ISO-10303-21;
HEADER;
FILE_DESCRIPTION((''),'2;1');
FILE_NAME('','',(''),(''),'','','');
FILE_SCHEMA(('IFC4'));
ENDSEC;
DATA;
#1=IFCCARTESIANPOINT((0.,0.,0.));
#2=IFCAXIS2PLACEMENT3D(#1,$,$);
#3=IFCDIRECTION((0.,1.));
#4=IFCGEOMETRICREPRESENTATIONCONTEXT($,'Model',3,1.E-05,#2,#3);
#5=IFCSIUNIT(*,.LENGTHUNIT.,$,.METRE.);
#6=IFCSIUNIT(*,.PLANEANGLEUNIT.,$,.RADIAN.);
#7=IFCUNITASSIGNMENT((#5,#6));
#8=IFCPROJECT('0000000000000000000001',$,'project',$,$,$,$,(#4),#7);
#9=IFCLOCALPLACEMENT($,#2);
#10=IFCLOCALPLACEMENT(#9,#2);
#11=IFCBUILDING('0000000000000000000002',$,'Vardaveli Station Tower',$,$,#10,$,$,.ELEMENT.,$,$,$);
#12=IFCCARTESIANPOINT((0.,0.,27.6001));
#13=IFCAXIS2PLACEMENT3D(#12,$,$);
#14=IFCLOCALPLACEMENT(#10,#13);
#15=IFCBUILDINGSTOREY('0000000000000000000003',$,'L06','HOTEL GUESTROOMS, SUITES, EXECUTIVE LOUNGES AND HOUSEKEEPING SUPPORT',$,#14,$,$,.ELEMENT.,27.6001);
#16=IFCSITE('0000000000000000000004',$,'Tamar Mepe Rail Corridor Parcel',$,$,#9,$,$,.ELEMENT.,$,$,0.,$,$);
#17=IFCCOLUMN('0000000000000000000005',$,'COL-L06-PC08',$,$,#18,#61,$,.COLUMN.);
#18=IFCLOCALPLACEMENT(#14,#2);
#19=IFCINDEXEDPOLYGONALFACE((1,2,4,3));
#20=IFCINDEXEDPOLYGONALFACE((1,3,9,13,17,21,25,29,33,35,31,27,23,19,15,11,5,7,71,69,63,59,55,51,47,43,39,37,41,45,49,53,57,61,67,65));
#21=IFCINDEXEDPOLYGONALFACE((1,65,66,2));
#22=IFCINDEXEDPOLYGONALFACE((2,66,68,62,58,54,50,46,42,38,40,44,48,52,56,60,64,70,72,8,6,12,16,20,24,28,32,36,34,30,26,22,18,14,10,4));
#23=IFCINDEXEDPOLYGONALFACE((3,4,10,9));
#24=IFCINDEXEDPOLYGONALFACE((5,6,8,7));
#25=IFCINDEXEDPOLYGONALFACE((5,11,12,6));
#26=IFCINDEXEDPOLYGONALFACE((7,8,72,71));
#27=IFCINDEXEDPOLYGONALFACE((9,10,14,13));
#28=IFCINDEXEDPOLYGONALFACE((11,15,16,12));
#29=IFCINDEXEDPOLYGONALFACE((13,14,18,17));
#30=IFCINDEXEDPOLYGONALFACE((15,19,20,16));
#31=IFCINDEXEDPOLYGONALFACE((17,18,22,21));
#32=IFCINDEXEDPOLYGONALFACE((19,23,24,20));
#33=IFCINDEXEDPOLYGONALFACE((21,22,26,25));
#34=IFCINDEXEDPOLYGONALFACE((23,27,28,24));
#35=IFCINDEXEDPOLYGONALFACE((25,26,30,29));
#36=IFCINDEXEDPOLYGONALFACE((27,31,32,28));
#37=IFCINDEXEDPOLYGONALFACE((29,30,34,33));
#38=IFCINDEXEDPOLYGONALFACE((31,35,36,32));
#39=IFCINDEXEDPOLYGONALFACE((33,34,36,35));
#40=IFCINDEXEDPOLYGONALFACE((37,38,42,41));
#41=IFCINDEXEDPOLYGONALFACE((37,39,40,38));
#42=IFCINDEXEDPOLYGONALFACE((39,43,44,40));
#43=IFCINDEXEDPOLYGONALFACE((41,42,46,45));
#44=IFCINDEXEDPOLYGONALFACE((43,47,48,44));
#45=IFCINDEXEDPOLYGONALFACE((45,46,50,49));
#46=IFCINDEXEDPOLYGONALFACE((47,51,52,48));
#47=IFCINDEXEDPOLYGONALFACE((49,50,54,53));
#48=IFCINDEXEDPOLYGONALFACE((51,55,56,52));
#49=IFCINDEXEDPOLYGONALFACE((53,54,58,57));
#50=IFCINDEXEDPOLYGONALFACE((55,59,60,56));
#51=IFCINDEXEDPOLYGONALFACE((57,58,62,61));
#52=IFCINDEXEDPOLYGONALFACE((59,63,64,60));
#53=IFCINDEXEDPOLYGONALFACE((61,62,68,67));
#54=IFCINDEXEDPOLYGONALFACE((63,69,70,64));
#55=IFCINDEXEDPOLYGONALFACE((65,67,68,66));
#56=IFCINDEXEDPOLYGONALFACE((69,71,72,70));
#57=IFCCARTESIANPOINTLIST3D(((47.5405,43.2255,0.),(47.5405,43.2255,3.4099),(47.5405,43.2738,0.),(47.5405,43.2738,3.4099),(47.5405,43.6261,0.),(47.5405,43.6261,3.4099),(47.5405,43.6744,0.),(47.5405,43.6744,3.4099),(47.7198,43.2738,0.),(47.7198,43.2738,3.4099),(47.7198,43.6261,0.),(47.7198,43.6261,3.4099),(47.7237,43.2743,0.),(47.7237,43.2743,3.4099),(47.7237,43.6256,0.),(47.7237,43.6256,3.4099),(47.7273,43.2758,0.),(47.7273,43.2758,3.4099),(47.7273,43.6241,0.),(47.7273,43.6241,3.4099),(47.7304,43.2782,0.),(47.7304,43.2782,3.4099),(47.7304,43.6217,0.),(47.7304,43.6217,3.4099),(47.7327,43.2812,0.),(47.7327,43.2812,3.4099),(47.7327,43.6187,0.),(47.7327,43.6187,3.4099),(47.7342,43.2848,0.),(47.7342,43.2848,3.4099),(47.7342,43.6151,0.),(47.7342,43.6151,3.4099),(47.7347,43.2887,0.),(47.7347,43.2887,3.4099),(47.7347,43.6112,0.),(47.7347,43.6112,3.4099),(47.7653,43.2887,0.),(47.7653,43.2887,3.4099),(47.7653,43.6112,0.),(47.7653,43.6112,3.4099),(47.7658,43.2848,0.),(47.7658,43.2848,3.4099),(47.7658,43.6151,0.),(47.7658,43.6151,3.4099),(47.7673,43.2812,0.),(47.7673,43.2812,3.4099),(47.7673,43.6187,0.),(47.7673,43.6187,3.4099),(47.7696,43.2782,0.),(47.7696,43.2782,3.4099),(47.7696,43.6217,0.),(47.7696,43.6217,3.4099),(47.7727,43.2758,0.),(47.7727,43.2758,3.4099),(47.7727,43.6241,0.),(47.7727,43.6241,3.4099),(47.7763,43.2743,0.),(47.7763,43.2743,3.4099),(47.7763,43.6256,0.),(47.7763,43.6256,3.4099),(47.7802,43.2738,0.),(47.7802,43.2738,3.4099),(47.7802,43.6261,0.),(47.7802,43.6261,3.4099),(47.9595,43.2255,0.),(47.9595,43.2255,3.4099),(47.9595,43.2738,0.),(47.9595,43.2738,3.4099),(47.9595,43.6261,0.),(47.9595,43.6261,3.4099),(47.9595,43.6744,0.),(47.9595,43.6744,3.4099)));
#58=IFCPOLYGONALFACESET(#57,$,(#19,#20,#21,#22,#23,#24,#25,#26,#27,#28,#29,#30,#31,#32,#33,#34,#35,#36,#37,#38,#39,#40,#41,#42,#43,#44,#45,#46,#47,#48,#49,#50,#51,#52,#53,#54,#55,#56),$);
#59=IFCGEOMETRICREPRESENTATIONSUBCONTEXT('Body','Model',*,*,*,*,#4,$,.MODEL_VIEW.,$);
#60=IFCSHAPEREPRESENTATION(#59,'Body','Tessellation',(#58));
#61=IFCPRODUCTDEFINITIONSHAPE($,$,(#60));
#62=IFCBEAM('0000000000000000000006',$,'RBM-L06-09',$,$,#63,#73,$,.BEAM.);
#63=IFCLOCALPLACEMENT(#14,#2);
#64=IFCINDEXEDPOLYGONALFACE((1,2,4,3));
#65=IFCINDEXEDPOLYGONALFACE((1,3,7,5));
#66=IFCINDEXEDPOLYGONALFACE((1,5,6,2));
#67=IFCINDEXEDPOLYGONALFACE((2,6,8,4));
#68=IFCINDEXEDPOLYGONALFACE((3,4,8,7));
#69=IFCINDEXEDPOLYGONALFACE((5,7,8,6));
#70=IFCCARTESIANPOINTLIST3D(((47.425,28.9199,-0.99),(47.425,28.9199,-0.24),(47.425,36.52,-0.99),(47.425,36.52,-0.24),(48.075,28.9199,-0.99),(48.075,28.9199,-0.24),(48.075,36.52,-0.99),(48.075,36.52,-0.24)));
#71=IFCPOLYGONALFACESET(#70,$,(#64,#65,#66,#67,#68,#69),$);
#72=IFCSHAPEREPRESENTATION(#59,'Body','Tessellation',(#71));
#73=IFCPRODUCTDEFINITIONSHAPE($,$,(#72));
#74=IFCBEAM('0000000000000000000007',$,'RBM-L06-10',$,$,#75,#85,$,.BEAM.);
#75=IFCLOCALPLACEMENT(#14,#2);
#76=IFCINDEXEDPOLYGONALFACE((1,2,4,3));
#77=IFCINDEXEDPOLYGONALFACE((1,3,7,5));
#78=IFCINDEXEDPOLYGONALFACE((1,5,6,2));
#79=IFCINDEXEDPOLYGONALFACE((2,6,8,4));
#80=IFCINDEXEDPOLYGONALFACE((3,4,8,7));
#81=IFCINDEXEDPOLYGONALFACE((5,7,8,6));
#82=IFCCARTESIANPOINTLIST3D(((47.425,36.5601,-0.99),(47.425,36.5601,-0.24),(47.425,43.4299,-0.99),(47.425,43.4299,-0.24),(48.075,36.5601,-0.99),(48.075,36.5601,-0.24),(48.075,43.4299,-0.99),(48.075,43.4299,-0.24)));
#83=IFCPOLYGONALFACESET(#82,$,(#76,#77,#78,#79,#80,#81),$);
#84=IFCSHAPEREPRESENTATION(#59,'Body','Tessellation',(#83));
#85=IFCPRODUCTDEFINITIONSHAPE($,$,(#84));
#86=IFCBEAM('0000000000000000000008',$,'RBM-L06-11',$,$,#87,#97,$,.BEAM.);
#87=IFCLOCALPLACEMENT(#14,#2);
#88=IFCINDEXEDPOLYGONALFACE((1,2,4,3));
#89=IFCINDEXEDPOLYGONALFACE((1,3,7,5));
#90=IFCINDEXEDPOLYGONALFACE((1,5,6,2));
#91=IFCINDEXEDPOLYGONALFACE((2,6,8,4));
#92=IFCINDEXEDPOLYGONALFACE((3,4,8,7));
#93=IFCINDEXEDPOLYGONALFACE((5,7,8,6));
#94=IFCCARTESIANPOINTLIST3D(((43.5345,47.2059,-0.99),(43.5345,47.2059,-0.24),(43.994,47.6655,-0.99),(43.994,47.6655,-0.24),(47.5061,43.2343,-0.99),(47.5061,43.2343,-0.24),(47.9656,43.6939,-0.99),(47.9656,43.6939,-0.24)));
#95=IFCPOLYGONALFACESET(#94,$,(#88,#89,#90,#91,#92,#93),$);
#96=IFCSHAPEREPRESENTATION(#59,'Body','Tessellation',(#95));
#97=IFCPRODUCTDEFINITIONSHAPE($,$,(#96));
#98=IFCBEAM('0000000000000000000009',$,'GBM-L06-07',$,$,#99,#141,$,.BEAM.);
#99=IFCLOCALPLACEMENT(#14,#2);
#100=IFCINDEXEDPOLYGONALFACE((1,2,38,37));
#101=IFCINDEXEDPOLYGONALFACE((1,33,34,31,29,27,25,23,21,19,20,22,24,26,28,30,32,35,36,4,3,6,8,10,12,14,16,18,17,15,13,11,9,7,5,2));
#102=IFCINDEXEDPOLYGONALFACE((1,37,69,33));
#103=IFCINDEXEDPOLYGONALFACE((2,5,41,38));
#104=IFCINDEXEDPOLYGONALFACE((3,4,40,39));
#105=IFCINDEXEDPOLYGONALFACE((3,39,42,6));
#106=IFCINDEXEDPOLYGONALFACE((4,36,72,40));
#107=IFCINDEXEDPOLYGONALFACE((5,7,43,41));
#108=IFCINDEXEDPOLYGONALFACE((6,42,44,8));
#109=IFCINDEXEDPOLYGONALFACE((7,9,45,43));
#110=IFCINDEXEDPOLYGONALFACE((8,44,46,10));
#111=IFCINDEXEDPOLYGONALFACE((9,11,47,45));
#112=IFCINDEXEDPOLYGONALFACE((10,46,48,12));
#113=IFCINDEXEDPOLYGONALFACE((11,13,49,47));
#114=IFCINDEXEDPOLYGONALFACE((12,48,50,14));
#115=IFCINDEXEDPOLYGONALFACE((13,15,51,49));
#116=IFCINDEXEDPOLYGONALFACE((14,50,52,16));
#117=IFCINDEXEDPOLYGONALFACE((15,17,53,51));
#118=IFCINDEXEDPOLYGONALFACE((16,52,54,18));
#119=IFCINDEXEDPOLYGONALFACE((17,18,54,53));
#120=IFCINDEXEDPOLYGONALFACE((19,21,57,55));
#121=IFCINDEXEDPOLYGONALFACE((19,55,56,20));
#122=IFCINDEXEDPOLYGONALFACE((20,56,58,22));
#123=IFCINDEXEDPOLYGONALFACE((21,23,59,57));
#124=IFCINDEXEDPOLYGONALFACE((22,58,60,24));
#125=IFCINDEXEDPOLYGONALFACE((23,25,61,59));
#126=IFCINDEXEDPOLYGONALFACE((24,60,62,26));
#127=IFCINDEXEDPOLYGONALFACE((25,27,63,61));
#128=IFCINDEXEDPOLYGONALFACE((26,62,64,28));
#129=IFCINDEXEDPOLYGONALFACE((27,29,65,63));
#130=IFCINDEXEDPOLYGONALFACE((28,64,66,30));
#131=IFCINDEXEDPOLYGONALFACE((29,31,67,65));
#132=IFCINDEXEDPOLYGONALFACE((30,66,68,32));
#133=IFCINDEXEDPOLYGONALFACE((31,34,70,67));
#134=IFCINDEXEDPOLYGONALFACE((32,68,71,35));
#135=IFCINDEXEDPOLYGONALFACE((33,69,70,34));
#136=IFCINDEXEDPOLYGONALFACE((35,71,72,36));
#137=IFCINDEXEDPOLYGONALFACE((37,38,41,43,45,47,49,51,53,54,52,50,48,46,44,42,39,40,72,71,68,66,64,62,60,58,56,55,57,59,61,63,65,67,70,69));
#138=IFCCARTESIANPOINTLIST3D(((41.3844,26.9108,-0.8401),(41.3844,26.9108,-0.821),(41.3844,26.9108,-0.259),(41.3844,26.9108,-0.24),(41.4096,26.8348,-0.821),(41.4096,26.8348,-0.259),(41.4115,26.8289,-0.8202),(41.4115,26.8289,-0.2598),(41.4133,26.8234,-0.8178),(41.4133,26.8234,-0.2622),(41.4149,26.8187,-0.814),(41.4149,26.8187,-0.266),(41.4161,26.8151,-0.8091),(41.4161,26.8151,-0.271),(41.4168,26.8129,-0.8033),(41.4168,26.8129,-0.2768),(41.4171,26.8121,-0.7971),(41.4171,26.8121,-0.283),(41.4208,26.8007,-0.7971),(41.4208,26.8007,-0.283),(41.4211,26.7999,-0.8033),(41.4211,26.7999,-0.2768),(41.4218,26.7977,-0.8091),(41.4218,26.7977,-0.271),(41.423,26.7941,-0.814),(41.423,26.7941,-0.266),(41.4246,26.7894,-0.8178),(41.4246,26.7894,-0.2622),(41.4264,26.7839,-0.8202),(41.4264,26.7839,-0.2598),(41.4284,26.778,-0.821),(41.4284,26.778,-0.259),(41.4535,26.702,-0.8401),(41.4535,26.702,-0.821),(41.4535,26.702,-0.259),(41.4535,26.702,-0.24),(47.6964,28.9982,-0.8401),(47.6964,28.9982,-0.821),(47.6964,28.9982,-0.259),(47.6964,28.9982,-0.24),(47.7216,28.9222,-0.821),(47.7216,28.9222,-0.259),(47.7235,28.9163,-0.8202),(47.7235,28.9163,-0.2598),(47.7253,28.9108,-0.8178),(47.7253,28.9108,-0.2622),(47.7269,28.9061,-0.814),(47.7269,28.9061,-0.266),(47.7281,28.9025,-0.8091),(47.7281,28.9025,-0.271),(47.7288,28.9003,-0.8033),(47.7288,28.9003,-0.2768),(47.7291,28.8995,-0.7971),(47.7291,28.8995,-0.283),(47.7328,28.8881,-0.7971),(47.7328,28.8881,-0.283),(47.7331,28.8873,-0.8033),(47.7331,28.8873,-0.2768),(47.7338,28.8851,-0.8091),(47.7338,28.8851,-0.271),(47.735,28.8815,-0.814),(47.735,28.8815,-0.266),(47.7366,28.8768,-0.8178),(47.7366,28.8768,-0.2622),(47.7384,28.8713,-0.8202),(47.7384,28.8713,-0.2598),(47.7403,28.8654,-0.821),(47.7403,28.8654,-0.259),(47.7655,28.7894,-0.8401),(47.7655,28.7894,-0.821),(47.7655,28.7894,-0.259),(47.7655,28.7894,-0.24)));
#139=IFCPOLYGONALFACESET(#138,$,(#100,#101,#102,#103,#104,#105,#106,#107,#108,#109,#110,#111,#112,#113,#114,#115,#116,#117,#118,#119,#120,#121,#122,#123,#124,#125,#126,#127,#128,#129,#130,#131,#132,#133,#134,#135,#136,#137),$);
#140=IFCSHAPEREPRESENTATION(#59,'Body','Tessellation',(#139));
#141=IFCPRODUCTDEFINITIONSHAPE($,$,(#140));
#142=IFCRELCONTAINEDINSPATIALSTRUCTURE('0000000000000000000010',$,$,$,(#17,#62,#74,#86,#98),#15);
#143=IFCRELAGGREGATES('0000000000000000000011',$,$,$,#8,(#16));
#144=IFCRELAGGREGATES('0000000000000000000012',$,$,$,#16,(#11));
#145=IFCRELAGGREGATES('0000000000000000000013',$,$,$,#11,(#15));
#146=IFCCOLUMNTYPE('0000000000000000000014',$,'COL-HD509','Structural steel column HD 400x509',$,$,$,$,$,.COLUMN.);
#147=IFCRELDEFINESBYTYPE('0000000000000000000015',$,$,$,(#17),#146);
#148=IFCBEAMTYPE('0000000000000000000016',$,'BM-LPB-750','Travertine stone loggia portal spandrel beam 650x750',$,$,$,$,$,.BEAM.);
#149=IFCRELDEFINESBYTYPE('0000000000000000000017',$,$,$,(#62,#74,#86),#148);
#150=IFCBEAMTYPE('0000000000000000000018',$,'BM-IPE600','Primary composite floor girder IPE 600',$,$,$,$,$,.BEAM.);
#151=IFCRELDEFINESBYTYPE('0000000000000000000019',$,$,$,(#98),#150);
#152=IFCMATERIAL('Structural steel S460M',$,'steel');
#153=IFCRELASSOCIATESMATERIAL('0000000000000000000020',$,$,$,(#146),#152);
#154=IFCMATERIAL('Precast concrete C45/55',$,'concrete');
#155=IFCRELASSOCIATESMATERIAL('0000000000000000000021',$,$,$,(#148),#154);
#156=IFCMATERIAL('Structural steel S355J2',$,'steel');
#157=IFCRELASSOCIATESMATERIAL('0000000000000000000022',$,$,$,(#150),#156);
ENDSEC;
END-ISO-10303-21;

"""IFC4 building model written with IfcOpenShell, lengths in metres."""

from ifc_helpers import new_model, si_unit, direction, frame, origin, origin_2d, place, context, subcontext, project, spatial, rectangle, i_section, extrude, source, transform, mapped, material, material_profile, profile_set, type_object, element, save


model = new_model("IFC4")

# Units and contexts
model_context = context("Model", 3, precision=1e-05, world=origin(), true_north=direction((0.0, 1.0)))
body_context = subcontext(model_context, "Body", "Model", "MODEL_VIEW")
ifc_project = project(units=[si_unit("LENGTHUNIT", "METRE"), si_unit("PLANEANGLEUNIT", "RADIAN")], contexts=[model_context])

# Site, building, storey
site_placement = place(None, origin())
site = spatial("IfcSite", under=ifc_project, at=site_placement, Name="Tamar Mepe Rail Corridor Parcel", CompositionType="ELEMENT", RefElevation=0.0)
building_placement = place(site_placement, origin())
building = spatial("IfcBuilding", under=site, at=building_placement, Name="Vardaveli Station Tower", CompositionType="ELEMENT")
storey_placement = place(building_placement, frame((0.0, 0.0, 27.6001)))
storey = spatial("IfcBuildingStorey", under=building, at=storey_placement, Name="L06", Description="HOTEL GUESTROOMS, SUITES, EXECUTIVE LOUNGES AND HOUSEKEEPING SUPPORT", CompositionType="ELEMENT", Elevation=27.6001)

# Column
ifc_material_1 = material(Name="Structural steel S460M", Category="steel")
ifc_material_profile_1 = material_profile(ifc_material_1, i_section(OverallWidth=0.4189, OverallDepth=0.449, WebThickness=0.0305, FlangeThickness=0.0483, FilletRadius=0.0149, at=origin_2d()), Name="HD 400x509")
ifc_profile_set_1 = profile_set([ifc_material_profile_1], Name="Structural steel S460M")
column_type_1 = type_object("IfcColumnType", Name="COL-HD509", Description="Structural steel column HD 400x509", PredefinedType="COLUMN", material=ifc_profile_set_1)
shared_shape_1 = source(origin(), body_context, "Body", "SweptSolid", [
    extrude(i_section(OverallWidth=0.4189, OverallDepth=0.449, WebThickness=0.0305, FlangeThickness=0.0483, FilletRadius=0.0149, at=origin_2d()), origin(), (0.0, 0.0, 1.0), 3.4099),
])
for number, where, z_axis, x_axis, name in (
    (1, (47.75, 43.45, 0.0), (0.0, 0.0, 1.0), (1.0, 0.0, 0.0), "COL-L06-PC08"),
):
    element("IfcColumn", number, at=place(storey_placement, frame(where, z_axis=z_axis, x_axis=x_axis)), inside=storey, type_object=column_type_1, Name=name, PredefinedType="COLUMN", context=body_context, shape_type="MappedRepresentation", body=[
        mapped(shared_shape_1, transform((0.0, 0.0, 0.0), scale=1.0)),
    ])

# Beams
ifc_material_2 = material(Name="Precast concrete C45/55", Category="concrete")
ifc_material_profile_2 = material_profile(ifc_material_2, rectangle(XDim=0.6499, YDim=0.75, at=origin_2d()), Name="LPB 650x750")
ifc_profile_set_2 = profile_set([ifc_material_profile_2], Name="Precast concrete C45/55")
beam_type_1 = type_object("IfcBeamType", Name="BM-LPB-750", Description="Travertine stone loggia portal spandrel beam 650x750", PredefinedType="BEAM", material=ifc_profile_set_2)
shared_shape_2 = source(origin(), body_context, "Body", "SweptSolid", [
    extrude(rectangle(XDim=0.6499, YDim=0.75, at=origin_2d()), origin(), (0.0, 0.0, 1.0), 7.6001),
])
beam_1_placement = place(storey_placement, frame((47.75, 28.9199, -0.615), z_axis=(0.0, 1.0, 0.0), x_axis=(-1.0, 0.0, 0.0)))
element("IfcBeam", 2, at=beam_1_placement, inside=storey, type_object=beam_type_1, Name="RBM-L06-09", PredefinedType="BEAM", context=body_context, shape_type="MappedRepresentation", body=[
    mapped(shared_shape_2, transform((0.0, 0.0, 0.0), scale=1.0)),
])
shared_shape_3 = source(origin(), body_context, "Body", "SweptSolid", [
    extrude(rectangle(XDim=0.6499, YDim=0.75, at=origin_2d()), origin(), (0.0, 0.0, 1.0), 6.8699),
])
beam_2_placement = place(storey_placement, frame((47.75, 36.5601, -0.615), z_axis=(0.0, 1.0, 0.0), x_axis=(-1.0, 0.0, 0.0)))
element("IfcBeam", 3, at=beam_2_placement, inside=storey, type_object=beam_type_1, Name="RBM-L06-10", PredefinedType="BEAM", context=body_context, shape_type="MappedRepresentation", body=[
    mapped(shared_shape_3, transform((0.0, 0.0, 0.0), scale=1.0)),
])
shared_shape_4 = source(origin(), body_context, "Body", "SweptSolid", [
    extrude(rectangle(XDim=0.6499, YDim=0.75, at=origin_2d()), origin(), (0.0, 0.0, 1.0), 5.6167),
])
beam_3_placement = place(storey_placement, frame((47.7358, 43.4641, -0.615), z_axis=(-0.707107, 0.707107, 0.0), x_axis=(-0.707107, -0.707107, 0.0)))
element("IfcBeam", 4, at=beam_3_placement, inside=storey, type_object=beam_type_1, Name="RBM-L06-11", PredefinedType="BEAM", context=body_context, shape_type="MappedRepresentation", body=[
    mapped(shared_shape_4, transform((0.0, 0.0, 0.0), scale=1.0)),
])
ifc_material_3 = material(Name="Structural steel S355J2", Category="steel")
ifc_material_profile_3 = material_profile(ifc_material_3, i_section(OverallWidth=0.22, OverallDepth=0.6001, WebThickness=0.012, FlangeThickness=0.019, FilletRadius=0.0239, at=origin_2d()), Name="IPE 600")
ifc_profile_set_3 = profile_set([ifc_material_profile_3], Name="Structural steel S355J2")
beam_type_2 = type_object("IfcBeamType", Name="BM-IPE600", Description="Primary composite floor girder IPE 600", PredefinedType="BEAM", material=ifc_profile_set_3)
shared_shape_5 = source(origin(), body_context, "Body", "SweptSolid", [
    extrude(i_section(OverallWidth=0.22, OverallDepth=0.6001, WebThickness=0.012, FlangeThickness=0.019, FilletRadius=0.0239, at=origin_2d()), origin(), (0.0, 0.0, 1.0), 6.6482),
])
beam_4_placement = place(storey_placement, frame((47.731, 28.8938, -0.54), z_axis=(-0.94943, -0.313979, 0.0), x_axis=(0.313979, -0.94943, 0.0)))
element("IfcBeam", 5, at=beam_4_placement, inside=storey, type_object=beam_type_2, Name="GBM-L06-07", PredefinedType="BEAM", context=body_context, shape_type="MappedRepresentation", body=[
    mapped(shared_shape_5, transform((0.0, 0.0, 0.0), scale=1.0)),
])

save(model, "model.ifc")
